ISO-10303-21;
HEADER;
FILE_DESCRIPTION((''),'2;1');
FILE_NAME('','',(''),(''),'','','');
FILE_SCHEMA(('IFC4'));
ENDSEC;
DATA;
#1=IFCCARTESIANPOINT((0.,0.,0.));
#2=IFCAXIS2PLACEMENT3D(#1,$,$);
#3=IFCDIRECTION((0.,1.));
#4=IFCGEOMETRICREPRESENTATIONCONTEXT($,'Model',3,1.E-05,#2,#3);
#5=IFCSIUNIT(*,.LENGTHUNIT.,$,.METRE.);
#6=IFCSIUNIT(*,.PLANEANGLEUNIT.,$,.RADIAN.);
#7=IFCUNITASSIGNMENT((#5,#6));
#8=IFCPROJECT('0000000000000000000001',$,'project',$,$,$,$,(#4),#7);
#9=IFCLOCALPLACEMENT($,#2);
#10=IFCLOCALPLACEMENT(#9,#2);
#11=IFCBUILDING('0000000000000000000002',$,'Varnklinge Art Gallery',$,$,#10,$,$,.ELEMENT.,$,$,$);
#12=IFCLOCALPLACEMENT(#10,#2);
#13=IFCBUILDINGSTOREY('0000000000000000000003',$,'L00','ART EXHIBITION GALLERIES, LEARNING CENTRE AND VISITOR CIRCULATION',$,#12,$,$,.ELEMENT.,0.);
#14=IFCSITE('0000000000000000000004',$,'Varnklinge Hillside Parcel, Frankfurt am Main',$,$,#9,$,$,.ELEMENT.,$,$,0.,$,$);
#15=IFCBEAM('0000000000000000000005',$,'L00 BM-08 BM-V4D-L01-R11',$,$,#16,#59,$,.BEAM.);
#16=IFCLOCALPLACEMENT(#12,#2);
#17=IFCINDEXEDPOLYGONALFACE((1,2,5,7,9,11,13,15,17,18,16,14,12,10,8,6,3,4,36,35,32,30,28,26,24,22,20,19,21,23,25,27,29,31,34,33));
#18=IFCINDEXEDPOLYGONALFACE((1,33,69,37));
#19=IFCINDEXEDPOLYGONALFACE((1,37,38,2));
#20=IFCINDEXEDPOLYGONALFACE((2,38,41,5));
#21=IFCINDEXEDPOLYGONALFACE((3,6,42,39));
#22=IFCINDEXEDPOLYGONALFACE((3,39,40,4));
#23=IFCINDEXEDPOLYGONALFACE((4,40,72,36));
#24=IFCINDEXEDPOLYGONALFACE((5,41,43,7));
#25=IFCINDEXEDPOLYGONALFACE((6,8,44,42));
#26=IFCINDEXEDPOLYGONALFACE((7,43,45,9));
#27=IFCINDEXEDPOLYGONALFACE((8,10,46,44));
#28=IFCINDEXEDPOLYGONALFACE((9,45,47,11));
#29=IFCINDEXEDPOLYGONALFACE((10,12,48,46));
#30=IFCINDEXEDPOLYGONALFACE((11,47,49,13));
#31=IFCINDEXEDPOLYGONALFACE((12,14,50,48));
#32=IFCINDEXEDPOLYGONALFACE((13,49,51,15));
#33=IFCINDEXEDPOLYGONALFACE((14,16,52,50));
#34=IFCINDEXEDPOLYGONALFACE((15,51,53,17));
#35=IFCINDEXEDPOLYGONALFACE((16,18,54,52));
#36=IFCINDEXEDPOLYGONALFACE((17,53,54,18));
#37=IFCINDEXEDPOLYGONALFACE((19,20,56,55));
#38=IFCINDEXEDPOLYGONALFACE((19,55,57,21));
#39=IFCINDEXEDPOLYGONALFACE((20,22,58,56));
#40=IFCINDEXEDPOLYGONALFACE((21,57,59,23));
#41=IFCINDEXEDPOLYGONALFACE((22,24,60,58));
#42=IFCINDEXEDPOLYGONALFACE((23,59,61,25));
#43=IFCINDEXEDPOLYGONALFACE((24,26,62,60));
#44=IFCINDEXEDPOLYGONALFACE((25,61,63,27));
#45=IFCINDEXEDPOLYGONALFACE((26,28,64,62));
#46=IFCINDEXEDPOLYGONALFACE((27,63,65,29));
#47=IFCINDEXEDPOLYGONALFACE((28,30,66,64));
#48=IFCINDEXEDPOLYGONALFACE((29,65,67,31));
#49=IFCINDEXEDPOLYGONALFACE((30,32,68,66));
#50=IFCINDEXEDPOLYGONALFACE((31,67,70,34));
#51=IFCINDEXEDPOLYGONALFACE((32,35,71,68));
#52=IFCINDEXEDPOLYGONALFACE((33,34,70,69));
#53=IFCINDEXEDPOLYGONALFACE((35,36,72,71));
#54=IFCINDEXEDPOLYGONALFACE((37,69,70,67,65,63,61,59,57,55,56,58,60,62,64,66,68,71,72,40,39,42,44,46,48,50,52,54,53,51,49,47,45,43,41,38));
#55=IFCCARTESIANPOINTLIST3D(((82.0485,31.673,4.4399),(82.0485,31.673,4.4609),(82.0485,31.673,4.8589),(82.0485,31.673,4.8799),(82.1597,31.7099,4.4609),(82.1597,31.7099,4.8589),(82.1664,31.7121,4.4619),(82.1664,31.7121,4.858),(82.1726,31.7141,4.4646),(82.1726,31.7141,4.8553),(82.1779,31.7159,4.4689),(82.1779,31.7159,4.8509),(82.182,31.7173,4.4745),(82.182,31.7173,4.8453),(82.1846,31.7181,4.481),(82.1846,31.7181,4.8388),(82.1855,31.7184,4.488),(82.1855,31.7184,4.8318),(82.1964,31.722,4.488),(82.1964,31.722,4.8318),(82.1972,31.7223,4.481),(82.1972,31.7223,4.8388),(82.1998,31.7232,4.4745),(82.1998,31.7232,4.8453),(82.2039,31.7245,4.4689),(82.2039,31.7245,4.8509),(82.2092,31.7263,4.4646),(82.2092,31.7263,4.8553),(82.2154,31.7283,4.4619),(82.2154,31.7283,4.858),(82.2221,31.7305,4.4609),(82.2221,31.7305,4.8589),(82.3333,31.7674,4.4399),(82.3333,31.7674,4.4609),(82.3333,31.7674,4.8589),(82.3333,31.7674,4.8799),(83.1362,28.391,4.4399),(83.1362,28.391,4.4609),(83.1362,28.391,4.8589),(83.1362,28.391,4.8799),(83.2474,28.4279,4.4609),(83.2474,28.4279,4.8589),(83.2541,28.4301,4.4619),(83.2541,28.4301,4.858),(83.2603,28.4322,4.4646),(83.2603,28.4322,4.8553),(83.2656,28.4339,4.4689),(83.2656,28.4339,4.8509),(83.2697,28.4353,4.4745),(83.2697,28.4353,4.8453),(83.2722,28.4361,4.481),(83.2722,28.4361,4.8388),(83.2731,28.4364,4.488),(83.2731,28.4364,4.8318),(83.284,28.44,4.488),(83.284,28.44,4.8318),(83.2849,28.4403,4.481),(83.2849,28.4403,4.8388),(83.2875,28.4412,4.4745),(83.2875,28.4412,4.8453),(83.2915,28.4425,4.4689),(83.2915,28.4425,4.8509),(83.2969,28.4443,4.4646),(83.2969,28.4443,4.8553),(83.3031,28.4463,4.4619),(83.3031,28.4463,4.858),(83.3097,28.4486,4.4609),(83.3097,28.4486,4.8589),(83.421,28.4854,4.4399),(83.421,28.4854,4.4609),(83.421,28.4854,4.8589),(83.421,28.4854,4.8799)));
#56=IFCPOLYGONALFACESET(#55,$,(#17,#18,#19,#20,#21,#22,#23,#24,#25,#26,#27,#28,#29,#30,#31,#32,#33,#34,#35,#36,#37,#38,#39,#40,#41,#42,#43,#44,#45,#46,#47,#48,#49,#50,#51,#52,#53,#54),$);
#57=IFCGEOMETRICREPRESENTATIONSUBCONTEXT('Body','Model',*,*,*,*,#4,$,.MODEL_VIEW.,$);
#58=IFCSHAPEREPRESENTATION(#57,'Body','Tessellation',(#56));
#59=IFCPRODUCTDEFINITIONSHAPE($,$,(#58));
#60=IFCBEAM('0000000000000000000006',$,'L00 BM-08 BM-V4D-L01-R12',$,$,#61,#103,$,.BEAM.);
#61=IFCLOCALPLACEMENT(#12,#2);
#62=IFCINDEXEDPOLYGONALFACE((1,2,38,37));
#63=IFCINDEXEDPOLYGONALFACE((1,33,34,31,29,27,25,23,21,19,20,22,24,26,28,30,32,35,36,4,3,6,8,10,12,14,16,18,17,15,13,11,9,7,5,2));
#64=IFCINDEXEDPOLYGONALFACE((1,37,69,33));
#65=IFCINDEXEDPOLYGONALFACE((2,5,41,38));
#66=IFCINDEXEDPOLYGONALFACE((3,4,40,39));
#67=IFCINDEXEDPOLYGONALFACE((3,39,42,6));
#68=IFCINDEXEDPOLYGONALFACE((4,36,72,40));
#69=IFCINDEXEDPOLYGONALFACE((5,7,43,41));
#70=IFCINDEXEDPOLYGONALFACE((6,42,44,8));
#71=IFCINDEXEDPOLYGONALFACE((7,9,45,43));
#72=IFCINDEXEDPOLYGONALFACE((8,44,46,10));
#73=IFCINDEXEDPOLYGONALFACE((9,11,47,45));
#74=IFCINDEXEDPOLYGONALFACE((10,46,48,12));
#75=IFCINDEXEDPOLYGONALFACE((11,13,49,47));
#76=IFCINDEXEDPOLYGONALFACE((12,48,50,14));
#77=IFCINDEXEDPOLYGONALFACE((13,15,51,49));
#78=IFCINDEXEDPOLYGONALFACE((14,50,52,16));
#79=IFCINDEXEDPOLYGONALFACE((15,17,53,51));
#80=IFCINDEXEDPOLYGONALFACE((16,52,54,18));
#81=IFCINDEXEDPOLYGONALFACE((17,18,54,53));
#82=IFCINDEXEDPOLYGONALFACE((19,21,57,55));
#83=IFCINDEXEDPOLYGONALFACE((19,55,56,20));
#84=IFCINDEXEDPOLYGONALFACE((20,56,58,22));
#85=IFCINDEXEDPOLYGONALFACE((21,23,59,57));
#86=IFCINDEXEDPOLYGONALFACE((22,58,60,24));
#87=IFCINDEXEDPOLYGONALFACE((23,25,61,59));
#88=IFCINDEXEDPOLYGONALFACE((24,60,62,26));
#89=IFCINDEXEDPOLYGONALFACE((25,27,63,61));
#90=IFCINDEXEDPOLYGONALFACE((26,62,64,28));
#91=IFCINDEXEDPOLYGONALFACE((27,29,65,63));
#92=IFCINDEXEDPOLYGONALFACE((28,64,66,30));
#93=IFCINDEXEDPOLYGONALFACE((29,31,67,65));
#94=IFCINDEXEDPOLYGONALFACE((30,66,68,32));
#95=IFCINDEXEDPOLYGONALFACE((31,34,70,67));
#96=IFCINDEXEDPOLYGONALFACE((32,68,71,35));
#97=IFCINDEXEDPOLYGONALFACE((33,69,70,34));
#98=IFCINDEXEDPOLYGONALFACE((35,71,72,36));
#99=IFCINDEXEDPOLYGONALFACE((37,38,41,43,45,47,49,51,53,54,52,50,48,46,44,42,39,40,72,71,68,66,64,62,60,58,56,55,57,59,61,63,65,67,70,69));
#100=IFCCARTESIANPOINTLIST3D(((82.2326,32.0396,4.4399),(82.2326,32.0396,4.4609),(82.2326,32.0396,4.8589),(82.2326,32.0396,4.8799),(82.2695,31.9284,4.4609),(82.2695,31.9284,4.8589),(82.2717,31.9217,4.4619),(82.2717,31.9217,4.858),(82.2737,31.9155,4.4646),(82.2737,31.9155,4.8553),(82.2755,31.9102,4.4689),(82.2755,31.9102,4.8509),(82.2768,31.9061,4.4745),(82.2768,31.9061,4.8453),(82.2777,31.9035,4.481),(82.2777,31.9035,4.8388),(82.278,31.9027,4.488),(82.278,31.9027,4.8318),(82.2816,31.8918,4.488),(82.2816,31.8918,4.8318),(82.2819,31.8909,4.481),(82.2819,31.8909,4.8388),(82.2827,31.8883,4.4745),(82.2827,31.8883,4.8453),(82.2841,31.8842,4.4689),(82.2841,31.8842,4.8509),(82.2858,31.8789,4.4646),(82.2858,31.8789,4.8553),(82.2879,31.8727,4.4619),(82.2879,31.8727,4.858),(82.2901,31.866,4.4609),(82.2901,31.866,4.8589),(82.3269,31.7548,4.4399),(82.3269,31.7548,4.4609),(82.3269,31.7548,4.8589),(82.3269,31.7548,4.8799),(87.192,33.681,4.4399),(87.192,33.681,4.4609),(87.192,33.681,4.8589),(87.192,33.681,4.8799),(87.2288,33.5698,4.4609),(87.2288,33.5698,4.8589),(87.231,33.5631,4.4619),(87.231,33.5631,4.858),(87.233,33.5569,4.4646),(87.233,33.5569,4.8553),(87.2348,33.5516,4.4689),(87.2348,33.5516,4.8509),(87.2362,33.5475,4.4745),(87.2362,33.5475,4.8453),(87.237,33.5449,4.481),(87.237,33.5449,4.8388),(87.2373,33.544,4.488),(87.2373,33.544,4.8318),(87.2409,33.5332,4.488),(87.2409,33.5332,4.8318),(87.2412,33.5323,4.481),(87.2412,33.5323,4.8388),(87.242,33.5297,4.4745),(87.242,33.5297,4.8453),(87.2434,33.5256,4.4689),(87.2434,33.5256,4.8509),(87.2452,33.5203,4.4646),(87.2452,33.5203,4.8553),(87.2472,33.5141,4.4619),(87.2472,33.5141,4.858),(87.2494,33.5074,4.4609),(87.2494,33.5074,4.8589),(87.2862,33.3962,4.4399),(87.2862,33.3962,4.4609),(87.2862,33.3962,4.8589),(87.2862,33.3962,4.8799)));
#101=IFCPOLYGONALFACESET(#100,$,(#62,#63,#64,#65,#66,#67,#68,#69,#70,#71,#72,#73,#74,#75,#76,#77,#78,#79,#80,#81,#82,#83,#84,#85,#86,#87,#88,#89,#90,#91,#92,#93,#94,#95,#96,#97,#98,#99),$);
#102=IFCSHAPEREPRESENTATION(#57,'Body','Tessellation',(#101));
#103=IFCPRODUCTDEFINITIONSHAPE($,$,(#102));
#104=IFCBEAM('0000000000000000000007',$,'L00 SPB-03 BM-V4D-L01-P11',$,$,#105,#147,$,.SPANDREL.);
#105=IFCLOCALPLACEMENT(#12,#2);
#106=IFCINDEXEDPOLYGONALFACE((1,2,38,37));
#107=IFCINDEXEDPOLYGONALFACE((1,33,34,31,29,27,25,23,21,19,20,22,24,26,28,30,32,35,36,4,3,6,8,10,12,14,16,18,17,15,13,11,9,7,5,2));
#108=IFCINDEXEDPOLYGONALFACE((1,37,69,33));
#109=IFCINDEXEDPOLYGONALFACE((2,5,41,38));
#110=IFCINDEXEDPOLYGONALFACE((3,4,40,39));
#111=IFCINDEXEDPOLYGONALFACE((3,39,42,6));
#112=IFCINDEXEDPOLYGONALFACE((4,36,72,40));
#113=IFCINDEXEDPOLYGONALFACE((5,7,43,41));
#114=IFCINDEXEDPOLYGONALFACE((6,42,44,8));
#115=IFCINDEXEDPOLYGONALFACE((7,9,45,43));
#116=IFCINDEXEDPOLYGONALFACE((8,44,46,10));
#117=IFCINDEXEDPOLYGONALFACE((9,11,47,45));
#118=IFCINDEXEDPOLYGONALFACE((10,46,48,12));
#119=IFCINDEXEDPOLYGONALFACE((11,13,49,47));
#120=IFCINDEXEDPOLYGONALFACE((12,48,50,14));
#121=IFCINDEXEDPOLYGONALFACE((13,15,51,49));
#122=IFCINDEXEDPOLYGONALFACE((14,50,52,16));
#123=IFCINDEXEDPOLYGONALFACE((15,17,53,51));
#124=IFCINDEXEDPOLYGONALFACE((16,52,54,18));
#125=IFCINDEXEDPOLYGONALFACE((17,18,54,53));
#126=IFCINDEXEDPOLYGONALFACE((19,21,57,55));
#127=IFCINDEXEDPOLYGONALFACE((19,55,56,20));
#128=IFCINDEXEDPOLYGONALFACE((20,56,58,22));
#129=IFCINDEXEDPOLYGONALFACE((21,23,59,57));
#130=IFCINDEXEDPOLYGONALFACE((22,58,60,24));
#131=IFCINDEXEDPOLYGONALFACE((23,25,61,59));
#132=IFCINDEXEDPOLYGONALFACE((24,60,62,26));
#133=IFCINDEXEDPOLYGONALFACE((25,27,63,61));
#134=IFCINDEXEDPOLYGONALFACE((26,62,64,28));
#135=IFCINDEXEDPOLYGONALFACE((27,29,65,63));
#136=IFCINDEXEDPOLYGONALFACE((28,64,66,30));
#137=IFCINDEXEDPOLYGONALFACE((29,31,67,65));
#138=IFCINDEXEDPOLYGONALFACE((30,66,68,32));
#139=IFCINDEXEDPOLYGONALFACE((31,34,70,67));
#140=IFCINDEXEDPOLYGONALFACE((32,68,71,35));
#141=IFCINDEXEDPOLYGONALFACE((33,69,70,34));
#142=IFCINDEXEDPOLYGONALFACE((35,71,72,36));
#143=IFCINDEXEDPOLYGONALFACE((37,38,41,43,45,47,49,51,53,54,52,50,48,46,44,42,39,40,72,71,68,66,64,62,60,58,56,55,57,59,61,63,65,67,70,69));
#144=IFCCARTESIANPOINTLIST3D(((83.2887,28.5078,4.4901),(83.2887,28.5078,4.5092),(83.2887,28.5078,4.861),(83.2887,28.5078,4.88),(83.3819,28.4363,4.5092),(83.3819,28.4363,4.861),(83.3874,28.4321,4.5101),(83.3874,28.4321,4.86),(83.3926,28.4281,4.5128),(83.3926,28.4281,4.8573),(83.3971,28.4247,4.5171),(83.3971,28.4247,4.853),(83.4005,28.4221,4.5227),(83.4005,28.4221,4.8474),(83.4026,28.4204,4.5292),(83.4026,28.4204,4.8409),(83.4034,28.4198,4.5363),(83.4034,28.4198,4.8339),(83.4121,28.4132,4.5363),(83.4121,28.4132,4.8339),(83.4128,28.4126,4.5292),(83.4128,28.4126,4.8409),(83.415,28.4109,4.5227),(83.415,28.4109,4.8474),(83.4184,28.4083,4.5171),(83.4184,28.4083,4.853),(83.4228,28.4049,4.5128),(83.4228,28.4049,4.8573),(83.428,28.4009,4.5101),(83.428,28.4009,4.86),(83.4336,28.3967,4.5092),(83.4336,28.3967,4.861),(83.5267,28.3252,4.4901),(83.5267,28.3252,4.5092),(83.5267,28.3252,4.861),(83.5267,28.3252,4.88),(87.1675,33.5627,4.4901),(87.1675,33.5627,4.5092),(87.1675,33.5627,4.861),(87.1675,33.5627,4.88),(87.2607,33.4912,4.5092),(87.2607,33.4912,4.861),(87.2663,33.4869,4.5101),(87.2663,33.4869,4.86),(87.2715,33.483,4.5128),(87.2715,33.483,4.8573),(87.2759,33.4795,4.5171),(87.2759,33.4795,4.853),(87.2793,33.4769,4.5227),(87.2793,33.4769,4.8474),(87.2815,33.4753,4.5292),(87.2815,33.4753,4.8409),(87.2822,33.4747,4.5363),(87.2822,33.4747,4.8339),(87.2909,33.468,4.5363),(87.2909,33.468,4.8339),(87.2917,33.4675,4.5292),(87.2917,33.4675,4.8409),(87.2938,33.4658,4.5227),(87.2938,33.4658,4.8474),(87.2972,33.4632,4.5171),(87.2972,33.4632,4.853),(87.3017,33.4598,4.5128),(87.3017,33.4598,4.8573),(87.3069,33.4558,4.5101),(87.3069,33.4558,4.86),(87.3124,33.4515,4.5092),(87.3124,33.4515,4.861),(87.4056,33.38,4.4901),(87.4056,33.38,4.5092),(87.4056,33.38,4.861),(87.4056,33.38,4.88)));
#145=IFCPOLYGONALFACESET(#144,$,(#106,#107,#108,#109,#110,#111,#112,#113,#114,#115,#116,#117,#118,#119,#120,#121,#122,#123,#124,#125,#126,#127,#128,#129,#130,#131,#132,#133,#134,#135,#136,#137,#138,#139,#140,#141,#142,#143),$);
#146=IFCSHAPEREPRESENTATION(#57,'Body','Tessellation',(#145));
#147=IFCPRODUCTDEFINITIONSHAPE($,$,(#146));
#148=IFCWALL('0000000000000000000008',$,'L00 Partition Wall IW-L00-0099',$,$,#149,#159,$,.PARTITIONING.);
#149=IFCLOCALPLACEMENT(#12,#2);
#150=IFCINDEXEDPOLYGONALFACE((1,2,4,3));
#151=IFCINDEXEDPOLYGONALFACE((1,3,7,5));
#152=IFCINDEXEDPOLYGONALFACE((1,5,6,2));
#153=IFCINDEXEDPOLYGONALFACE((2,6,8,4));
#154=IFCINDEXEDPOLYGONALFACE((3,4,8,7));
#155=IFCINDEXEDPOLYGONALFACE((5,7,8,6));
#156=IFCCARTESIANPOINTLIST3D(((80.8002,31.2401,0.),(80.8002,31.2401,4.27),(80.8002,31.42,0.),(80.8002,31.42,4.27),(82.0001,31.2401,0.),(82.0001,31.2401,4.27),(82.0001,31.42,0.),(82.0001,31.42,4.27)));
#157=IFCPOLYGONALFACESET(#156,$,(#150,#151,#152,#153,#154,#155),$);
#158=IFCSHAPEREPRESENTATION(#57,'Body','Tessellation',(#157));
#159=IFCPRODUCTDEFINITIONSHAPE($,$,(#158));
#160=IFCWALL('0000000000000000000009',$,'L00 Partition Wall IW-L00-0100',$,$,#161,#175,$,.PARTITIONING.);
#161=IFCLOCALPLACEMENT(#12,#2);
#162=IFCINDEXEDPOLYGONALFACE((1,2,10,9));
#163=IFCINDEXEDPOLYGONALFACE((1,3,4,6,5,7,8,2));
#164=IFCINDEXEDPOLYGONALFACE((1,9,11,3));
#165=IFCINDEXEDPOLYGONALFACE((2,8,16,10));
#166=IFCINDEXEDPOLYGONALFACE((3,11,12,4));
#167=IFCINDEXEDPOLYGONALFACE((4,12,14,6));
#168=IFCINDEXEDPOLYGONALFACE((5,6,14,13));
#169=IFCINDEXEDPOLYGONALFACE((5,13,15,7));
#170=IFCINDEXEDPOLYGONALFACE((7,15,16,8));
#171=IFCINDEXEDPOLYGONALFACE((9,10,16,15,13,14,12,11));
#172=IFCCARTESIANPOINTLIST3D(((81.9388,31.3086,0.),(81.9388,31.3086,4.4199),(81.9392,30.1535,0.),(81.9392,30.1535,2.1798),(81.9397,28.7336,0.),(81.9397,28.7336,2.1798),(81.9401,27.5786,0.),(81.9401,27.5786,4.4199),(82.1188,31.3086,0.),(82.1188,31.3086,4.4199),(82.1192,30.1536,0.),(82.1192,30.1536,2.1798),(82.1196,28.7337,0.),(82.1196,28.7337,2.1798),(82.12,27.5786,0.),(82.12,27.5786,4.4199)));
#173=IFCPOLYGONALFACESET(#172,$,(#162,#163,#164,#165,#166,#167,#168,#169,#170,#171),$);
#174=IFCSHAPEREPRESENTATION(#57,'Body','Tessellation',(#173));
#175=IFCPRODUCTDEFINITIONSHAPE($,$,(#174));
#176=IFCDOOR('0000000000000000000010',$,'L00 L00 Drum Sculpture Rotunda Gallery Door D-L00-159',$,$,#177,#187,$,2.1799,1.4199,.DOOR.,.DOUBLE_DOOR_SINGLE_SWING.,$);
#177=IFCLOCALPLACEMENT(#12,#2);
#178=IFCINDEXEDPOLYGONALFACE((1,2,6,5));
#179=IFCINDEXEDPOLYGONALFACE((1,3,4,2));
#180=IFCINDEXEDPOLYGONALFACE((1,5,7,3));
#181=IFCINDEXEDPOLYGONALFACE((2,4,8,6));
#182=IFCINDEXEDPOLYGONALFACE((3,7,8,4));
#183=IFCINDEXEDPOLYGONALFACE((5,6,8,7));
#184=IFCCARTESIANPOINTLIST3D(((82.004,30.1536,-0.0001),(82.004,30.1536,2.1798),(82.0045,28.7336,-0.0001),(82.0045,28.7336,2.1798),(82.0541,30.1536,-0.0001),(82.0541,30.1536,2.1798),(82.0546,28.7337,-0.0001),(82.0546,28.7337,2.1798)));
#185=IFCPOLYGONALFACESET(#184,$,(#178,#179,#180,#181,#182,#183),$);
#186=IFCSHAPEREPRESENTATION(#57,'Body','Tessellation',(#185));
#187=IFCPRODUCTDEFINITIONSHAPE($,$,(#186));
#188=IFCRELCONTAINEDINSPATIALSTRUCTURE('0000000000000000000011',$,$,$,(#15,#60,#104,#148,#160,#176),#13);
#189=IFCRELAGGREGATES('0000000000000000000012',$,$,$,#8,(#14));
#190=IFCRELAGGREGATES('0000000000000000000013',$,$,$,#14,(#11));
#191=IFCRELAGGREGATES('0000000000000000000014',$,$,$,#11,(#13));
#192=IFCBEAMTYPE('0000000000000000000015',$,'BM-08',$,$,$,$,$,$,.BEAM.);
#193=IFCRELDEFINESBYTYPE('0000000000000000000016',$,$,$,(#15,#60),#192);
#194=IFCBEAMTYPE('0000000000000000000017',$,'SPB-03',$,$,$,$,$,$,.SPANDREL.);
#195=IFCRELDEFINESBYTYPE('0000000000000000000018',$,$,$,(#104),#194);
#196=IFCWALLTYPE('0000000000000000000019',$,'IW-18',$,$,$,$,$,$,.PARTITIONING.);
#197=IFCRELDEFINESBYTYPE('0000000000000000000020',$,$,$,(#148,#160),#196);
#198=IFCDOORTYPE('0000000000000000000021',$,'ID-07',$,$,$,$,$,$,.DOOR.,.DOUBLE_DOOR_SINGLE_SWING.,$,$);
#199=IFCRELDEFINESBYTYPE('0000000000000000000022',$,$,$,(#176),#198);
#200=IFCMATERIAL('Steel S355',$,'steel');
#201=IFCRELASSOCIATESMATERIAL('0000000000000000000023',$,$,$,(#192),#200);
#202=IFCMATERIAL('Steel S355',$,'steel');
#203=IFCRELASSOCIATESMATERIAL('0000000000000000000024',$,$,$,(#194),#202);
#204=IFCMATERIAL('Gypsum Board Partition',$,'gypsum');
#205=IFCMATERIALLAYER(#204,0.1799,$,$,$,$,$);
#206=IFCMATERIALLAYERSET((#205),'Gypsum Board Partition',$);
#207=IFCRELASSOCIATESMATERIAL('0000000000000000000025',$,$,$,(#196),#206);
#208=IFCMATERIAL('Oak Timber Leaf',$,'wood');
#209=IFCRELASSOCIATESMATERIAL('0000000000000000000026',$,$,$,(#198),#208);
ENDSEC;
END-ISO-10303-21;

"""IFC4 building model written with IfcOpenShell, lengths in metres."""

from ifc_helpers import new_model, si_unit, direction, frame, frame_2d, origin, origin_2d, place, context, subcontext, project, spatial, rectangle, i_section, extrude, material, layer, layer_set, material_profile, profile_set, type_object, element, fill, save


model = new_model("IFC4")

# Units and contexts
model_context = context("Model", 3, precision=1e-05, world=origin(), true_north=direction((0.0, 1.0)))
body_context = subcontext(model_context, "Body", "Model", "MODEL_VIEW")
ifc_project = project(units=[si_unit("LENGTHUNIT", "METRE"), si_unit("PLANEANGLEUNIT", "RADIAN")], contexts=[model_context])

# Site, building, storey
site_placement = place(None, origin())
site = spatial("IfcSite", under=ifc_project, at=site_placement, Name="Varnklinge Hillside Parcel, Frankfurt am Main", CompositionType="ELEMENT", RefElevation=0.0)
building_placement = place(site_placement, origin())
building = spatial("IfcBuilding", under=site, at=building_placement, Name="Varnklinge Art Gallery", CompositionType="ELEMENT")
storey_placement = place(building_placement, origin())
storey = spatial("IfcBuildingStorey", under=building, at=storey_placement, Name="L00", Description="ART EXHIBITION GALLERIES, LEARNING CENTRE AND VISITOR CIRCULATION", CompositionType="ELEMENT", Elevation=0.0)

# Beams
ifc_material_1 = material(Name="Steel S355", Category="steel")
ifc_material_profile_1 = material_profile(ifc_material_1, i_section(OverallWidth=0.3, OverallDepth=0.4399, WebThickness=0.0115, FlangeThickness=0.021, FilletRadius=0.0271, at=origin_2d()), Name="HEA 450")
ifc_profile_set_1 = profile_set([ifc_material_profile_1], Name="Steel S355")
beam_type_1 = type_object("IfcBeamType", Name="BM-08", PredefinedType="BEAM", material=ifc_profile_set_1)
beam_1_placement = place(storey_placement, frame((82.1909, 31.7202, 4.6599), z_axis=(0.314575, -0.949233, 0.0), x_axis=(0.949233, 0.314575, 0.0)))
element("IfcBeam", 1, at=beam_1_placement, inside=storey, type_object=beam_type_1, Name="L00 BM-08 BM-V4D-L01-R11", PredefinedType="BEAM", context=body_context, shape_type="SweptSolid", body=[
    extrude(i_section(OverallWidth=0.3, OverallDepth=0.4399, WebThickness=0.0115, FlangeThickness=0.021, FilletRadius=0.0271, at=origin_2d()), origin(), (0.0, 0.0, 1.0), 3.4575),
])
beam_2_placement = place(storey_placement, frame((82.2798, 31.8972, 4.6599), z_axis=(0.949354, 0.314208, 0.0), x_axis=(-0.314208, 0.949354, 0.0)))
element("IfcBeam", 2, at=beam_2_placement, inside=storey, type_object=beam_type_1, Name="L00 BM-08 BM-V4D-L01-R12", PredefinedType="BEAM", context=body_context, shape_type="SweptSolid", body=[
    extrude(i_section(OverallWidth=0.3, OverallDepth=0.4399, WebThickness=0.0115, FlangeThickness=0.021, FilletRadius=0.0271, at=origin_2d()), origin(), (0.0, 0.0, 1.0), 5.2239),
])
ifc_material_2 = material(Name="Steel S355", Category="steel")
ifc_material_profile_2 = material_profile(ifc_material_2, i_section(OverallWidth=0.3, OverallDepth=0.3899, WebThickness=0.011, FlangeThickness=0.019, FilletRadius=0.0271, at=origin_2d()), Name="HEA 400")
ifc_profile_set_2 = profile_set([ifc_material_profile_2], Name="Steel S355")
beam_type_2 = type_object("IfcBeamType", Name="SPB-03", PredefinedType="SPANDREL", material=ifc_profile_set_2)
beam_3_placement = place(storey_placement, frame((83.4077, 28.4165, 4.6851), z_axis=(0.608773, 0.793344, 0.0), x_axis=(-0.793344, 0.608773, 0.0)))
element("IfcBeam", 3, at=beam_3_placement, inside=storey, type_object=beam_type_2, Name="L00 SPB-03 BM-V4D-L01-P11", PredefinedType="SPANDREL", context=body_context, shape_type="SweptSolid", body=[
    extrude(i_section(OverallWidth=0.3, OverallDepth=0.3899, WebThickness=0.011, FlangeThickness=0.019, FilletRadius=0.0271, at=origin_2d()), origin(), (0.0, 0.0, 1.0), 6.3716),
])

# Wall
ifc_material_3 = material(Name="Gypsum Board Partition", Category="gypsum")
ifc_layer_1 = layer(ifc_material_3, 0.1799)
ifc_layer_set_1 = layer_set([ifc_layer_1], Name="Gypsum Board Partition")
wall_type_1 = type_object("IfcWallType", Name="IW-18", PredefinedType="PARTITIONING", material=ifc_layer_set_1)
wall_1_placement = place(storey_placement, frame((80.8, 31.3301, 0.0), z_axis=(0.0, 0.0, 1.0), x_axis=(1.0, 0.0, 0.0)))
element("IfcWall", 4, at=wall_1_placement, inside=storey, type_object=wall_type_1, Name="L00 Partition Wall IW-L00-0099", PredefinedType="PARTITIONING", context=body_context, shape_type="SweptSolid", body=[
    extrude(rectangle(XDim=1.2, YDim=0.1799, at=frame_2d((0.6001, 0.0))), origin(), (0.0, 0.0, 1.0), 4.27),
])

# Wall, opening, door
wall_2_placement = place(storey_placement, frame((82.0288, 31.3086, 0.0), z_axis=(0.0, 0.0, 1.0), x_axis=(0.000327, -1.0, 0.0)))
wall_2 = element("IfcWall", 5, at=wall_2_placement, inside=storey, type_object=wall_type_1, Name="L00 Partition Wall IW-L00-0100", PredefinedType="PARTITIONING", context=body_context, shape_type="SweptSolid", body=[
    extrude(rectangle(XDim=3.73, YDim=0.1799, at=frame_2d((1.865, 0.0))), origin(), (0.0, 0.0, 1.0), 4.4199),
])
opening_placement = place(wall_2_placement, frame((1.155, 0.0, 0.0)))
opening = element("IfcOpeningElement", 6, at=opening_placement, cuts=wall_2, PredefinedType="OPENING", context=body_context, shape_type="SweptSolid", body=[
    extrude(rectangle(XDim=1.4199, YDim=2.1799, at=frame_2d((0.71, 1.0898))), frame((0.0, 0.0999, 0.0), z_axis=(0.0, -1.0, 0.0), x_axis=(1.0, 0.0, 0.0)), (0.0, 0.0, 1.0), 0.2),
])
ifc_material_4 = material(Name="Oak Timber Leaf", Category="wood")
door_type = type_object("IfcDoorType", Name="ID-07", OperationType="DOUBLE_DOOR_SINGLE_SWING", PredefinedType="DOOR", material=ifc_material_4)
door_placement = place(opening_placement, origin())
door = element("IfcDoor", 7, at=door_placement, inside=storey, type_object=door_type, Name="L00 L00 Drum Sculpture Rotunda Gallery Door D-L00-159", OperationType="DOUBLE_DOOR_SINGLE_SWING", OverallHeight=2.1799, OverallWidth=1.4199, PredefinedType="DOOR", context=body_context, shape_type="SweptSolid", body=[
    extrude(rectangle(XDim=1.4199, YDim=2.1799, at=frame_2d((0.71, 1.0898))), frame((0.0, 0.0249, 0.0), z_axis=(0.0, -1.0, 0.0), x_axis=(1.0, 0.0, 0.0)), (0.0, 0.0, 1.0), 0.05),
])
fill(opening, door)

save(model, "model.ifc")
